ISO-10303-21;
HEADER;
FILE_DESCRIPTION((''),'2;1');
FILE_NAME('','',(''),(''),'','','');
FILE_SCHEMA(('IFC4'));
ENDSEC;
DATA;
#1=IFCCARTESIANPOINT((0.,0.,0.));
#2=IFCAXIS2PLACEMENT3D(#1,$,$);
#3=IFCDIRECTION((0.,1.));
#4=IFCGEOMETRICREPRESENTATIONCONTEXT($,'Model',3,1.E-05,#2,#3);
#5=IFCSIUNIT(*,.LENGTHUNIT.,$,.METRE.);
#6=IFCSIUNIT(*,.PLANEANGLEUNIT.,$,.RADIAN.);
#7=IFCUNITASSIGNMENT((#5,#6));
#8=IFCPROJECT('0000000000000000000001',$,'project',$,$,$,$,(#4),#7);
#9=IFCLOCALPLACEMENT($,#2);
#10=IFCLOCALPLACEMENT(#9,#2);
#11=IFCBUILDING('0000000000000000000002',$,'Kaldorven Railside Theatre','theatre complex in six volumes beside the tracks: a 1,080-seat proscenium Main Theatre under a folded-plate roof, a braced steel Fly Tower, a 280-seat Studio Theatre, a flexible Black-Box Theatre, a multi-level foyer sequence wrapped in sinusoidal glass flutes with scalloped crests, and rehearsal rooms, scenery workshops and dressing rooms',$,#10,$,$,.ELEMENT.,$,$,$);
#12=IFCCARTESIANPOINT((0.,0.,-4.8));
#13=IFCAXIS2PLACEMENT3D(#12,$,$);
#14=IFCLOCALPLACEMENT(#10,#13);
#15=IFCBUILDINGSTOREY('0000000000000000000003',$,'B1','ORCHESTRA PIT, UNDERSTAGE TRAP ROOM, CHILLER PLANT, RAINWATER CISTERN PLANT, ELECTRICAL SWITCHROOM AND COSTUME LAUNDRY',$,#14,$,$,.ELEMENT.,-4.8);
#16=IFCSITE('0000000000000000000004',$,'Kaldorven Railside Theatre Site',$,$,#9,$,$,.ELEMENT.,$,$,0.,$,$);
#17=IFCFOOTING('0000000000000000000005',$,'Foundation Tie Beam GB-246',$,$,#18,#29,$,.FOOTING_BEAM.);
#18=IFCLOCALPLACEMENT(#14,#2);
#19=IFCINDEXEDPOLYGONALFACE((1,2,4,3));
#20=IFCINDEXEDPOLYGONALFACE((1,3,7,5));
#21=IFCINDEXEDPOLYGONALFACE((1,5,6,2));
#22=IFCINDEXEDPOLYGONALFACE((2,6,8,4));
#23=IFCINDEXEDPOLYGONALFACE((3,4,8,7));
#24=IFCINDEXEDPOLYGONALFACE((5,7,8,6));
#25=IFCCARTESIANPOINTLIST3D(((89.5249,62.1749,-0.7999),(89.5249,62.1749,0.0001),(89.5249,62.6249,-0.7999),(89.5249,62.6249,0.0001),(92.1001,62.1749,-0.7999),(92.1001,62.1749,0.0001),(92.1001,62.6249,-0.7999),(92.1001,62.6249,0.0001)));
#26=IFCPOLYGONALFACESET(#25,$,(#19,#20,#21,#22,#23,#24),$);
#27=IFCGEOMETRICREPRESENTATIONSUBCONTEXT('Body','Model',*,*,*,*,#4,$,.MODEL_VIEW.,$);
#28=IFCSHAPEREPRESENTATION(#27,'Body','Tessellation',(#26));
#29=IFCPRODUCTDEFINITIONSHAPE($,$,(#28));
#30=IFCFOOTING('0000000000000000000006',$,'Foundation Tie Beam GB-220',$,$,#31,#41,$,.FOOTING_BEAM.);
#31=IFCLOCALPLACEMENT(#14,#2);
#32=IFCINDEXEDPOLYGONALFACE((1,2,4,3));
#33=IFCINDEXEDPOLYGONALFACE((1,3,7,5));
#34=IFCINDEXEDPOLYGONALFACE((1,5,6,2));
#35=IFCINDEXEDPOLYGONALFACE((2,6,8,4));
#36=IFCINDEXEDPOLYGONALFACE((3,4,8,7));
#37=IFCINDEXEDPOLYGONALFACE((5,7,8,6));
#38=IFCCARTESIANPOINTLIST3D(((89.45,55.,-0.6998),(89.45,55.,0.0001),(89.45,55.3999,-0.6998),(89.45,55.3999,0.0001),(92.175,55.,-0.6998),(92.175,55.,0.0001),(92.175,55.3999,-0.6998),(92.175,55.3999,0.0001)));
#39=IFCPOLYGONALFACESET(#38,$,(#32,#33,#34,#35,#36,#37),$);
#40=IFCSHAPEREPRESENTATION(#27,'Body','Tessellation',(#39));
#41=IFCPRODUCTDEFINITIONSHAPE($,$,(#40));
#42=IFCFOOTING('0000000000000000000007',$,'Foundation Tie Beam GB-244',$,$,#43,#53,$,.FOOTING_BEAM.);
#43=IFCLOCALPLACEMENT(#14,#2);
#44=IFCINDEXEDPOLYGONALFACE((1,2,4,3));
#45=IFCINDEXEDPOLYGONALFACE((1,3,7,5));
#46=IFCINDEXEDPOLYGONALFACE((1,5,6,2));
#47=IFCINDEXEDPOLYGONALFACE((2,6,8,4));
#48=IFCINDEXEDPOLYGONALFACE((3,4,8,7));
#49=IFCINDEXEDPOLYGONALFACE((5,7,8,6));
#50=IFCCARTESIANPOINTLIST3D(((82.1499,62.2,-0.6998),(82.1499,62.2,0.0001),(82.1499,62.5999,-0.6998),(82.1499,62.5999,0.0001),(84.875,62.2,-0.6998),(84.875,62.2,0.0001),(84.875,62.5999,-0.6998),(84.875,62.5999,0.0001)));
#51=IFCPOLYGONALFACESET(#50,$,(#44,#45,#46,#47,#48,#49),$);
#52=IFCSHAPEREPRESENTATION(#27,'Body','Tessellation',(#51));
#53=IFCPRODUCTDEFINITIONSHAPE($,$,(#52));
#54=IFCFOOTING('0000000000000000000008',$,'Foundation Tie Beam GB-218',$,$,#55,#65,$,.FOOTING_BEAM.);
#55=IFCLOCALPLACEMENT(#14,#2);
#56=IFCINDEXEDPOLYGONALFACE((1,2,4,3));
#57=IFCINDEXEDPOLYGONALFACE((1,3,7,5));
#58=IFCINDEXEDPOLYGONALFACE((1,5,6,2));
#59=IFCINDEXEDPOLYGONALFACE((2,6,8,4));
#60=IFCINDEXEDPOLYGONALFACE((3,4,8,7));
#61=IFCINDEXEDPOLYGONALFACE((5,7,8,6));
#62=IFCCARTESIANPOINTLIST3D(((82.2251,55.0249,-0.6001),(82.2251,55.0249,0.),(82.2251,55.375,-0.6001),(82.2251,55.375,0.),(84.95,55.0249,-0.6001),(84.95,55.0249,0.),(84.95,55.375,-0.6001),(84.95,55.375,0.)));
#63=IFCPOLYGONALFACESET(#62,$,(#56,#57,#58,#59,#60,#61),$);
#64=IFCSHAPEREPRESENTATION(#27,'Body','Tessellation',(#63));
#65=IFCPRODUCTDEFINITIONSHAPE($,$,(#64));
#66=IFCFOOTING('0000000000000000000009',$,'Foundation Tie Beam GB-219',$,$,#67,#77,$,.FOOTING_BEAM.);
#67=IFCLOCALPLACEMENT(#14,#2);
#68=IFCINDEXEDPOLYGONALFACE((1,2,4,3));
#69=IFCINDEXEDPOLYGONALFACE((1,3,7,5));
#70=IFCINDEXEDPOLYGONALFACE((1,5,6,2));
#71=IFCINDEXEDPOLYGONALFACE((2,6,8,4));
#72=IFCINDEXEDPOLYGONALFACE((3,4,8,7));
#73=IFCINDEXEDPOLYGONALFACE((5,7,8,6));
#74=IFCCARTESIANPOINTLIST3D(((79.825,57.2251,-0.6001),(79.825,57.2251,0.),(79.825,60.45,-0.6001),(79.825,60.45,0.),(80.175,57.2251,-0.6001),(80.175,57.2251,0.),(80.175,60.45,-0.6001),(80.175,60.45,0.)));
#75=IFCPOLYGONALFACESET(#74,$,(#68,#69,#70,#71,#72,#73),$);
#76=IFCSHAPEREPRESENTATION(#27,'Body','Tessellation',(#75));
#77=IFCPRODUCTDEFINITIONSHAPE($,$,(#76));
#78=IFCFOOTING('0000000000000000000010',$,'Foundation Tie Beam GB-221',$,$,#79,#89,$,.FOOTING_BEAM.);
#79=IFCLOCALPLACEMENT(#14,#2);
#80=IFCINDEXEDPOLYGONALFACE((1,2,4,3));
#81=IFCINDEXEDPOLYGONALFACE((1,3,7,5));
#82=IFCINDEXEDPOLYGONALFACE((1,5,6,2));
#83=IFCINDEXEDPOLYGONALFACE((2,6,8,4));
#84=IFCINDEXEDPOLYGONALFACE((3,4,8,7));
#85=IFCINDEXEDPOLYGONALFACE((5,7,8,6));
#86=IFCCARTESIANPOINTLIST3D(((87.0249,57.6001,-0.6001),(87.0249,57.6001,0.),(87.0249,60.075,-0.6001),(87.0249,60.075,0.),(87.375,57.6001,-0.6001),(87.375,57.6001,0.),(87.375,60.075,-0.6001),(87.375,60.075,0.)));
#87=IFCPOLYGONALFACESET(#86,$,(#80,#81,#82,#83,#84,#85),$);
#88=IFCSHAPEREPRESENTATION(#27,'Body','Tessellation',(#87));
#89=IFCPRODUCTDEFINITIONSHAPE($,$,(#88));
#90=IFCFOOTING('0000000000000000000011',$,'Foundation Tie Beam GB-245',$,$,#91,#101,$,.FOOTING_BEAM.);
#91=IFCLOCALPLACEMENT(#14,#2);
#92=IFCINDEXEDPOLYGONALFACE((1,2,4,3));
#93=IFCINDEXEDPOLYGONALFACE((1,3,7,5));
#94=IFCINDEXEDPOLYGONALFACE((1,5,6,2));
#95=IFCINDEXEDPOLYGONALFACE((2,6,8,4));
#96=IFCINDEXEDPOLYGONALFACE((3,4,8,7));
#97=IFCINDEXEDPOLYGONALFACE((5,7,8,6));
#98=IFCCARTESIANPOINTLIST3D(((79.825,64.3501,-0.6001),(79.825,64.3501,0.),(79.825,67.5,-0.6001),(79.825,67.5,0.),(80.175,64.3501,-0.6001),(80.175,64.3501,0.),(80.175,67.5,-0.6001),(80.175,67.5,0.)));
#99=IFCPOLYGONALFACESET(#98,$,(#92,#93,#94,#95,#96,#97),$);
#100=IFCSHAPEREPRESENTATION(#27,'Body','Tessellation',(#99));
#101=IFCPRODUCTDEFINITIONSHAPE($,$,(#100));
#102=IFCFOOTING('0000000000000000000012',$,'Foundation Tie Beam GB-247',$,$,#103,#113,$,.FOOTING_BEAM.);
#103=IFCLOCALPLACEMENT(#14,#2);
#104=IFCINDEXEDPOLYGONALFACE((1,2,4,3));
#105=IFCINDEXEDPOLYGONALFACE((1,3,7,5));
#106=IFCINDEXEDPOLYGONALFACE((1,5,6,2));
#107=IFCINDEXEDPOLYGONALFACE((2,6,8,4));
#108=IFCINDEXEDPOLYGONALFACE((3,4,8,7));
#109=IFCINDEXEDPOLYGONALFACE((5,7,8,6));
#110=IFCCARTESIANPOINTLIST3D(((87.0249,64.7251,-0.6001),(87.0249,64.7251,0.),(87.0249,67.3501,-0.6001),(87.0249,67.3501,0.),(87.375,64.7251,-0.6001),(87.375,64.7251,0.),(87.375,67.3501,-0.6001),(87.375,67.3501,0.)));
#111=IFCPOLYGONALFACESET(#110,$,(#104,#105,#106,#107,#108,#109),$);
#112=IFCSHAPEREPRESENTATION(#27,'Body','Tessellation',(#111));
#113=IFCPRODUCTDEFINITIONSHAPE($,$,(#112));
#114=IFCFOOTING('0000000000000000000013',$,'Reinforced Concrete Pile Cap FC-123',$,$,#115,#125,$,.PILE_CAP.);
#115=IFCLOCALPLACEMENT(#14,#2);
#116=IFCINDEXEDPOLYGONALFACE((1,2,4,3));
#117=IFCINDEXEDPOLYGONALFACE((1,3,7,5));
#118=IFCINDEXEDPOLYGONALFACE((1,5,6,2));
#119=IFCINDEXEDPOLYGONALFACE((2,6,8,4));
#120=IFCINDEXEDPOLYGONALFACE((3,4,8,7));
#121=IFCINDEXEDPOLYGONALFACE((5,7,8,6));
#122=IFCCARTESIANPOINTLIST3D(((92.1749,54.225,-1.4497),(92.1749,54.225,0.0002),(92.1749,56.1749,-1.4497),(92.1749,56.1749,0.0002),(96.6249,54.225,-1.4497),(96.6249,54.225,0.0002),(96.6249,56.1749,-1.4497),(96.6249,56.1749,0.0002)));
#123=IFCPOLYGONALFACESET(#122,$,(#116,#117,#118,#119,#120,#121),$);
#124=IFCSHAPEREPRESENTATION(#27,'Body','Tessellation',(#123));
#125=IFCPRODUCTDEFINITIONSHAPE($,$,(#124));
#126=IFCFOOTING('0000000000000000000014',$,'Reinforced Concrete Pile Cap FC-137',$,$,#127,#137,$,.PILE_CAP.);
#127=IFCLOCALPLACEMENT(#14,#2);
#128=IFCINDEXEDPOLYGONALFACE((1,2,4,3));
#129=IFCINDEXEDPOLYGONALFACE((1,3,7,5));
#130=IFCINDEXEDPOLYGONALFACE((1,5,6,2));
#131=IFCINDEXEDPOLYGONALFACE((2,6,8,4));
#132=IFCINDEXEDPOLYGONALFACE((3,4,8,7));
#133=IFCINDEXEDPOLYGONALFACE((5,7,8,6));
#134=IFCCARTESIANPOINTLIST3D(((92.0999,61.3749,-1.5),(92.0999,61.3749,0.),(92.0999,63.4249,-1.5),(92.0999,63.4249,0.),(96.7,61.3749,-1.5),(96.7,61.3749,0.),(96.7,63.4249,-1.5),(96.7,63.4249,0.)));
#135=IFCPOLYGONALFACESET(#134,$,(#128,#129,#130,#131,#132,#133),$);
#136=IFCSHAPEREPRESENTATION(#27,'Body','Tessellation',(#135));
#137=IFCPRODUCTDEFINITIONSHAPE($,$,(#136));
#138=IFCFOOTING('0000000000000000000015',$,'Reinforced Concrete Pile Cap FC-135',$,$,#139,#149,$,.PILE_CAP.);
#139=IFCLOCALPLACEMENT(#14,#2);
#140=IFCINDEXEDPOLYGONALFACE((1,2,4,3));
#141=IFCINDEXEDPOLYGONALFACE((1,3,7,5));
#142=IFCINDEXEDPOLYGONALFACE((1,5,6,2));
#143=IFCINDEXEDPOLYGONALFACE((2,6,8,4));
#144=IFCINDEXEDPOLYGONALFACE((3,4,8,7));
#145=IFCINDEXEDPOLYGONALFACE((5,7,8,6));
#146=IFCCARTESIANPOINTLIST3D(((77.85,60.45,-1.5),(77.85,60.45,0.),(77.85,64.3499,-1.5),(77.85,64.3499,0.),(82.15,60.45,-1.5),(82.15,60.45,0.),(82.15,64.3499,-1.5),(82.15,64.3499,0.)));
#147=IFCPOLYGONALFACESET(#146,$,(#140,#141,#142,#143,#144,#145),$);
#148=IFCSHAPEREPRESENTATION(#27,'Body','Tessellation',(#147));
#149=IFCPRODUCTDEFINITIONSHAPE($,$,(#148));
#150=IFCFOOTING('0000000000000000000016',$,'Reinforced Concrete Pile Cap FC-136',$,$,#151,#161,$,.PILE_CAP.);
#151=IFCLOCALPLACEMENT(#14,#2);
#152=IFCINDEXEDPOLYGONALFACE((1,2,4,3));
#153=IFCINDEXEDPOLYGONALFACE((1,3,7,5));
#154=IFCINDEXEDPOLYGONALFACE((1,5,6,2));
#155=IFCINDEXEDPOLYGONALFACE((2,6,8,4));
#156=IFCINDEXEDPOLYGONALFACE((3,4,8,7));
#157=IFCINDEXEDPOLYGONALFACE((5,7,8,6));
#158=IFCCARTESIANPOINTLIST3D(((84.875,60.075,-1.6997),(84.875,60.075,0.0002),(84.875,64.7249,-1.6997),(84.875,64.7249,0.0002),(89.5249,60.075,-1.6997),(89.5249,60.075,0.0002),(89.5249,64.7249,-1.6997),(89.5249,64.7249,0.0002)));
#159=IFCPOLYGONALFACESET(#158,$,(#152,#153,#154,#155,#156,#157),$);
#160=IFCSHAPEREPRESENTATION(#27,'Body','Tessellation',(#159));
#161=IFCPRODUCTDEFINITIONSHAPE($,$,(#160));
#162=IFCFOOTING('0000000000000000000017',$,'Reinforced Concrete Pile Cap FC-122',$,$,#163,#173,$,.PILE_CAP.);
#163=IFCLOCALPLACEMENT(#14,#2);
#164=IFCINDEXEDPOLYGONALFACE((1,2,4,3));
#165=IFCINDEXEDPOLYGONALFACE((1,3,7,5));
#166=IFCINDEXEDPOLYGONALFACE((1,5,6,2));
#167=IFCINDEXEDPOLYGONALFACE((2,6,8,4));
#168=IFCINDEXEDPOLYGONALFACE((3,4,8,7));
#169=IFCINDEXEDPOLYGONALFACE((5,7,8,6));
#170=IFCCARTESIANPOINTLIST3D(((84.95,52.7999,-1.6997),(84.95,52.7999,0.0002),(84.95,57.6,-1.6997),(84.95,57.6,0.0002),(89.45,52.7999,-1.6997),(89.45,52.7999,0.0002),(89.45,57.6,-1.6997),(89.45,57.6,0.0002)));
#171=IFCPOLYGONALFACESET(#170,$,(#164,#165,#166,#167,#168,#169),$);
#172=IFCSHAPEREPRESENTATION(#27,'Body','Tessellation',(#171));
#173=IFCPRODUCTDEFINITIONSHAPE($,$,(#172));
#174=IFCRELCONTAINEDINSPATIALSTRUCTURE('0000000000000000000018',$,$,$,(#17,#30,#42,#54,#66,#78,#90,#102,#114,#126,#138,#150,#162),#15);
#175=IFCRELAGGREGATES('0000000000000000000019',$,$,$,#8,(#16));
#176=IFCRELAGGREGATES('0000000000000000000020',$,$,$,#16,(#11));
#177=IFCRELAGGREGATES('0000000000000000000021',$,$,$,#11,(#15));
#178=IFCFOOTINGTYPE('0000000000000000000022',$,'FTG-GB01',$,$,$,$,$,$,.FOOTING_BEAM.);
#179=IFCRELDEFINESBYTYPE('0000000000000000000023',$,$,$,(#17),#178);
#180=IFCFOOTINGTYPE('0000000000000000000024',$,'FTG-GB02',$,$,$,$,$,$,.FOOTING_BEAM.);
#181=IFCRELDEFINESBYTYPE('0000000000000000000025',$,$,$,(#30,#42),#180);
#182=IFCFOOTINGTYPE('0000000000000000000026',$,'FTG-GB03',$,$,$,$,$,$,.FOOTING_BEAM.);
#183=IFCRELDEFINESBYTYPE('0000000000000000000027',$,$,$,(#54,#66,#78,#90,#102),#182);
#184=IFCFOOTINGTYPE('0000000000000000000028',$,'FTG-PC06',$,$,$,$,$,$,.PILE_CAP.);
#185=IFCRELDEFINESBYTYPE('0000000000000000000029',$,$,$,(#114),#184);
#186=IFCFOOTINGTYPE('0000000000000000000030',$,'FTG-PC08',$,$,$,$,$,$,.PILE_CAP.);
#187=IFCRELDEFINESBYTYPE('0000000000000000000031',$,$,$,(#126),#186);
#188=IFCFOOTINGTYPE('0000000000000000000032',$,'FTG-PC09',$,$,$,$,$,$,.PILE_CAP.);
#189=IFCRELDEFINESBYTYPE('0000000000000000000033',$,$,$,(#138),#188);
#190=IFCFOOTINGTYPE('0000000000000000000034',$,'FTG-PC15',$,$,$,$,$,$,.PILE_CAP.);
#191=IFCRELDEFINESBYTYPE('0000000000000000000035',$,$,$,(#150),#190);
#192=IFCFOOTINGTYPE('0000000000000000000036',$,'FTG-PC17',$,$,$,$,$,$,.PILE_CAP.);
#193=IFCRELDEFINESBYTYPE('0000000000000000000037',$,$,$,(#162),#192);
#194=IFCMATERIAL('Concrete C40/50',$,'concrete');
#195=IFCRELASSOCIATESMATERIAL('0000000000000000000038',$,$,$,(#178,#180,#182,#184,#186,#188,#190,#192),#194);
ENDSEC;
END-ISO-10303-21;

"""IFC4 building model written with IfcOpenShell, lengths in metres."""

from ifc_helpers import new_model, si_unit, direction, frame, origin, origin_2d, place, context, subcontext, project, spatial, rectangle, extrude, material, material_profile, profile_set, type_object, element, save


model = new_model("IFC4")

# Units and contexts
model_context = context("Model", 3, precision=1e-05, world=origin(), true_north=direction((0.0, 1.0)))
body_context = subcontext(model_context, "Body", "Model", "MODEL_VIEW")
ifc_project = project(units=[si_unit("LENGTHUNIT", "METRE"), si_unit("PLANEANGLEUNIT", "RADIAN")], contexts=[model_context])

# Site, building, storey
site_placement = place(None, origin())
site = spatial("IfcSite", under=ifc_project, at=site_placement, Name="Kaldorven Railside Theatre Site", CompositionType="ELEMENT", RefElevation=0.0)
building_placement = place(site_placement, origin())
building = spatial("IfcBuilding", under=site, at=building_placement, Name="Kaldorven Railside Theatre", Description="theatre complex in six volumes beside the tracks: a 1,080-seat proscenium Main Theatre under a folded-plate roof, a braced steel Fly Tower, a 280-seat Studio Theatre, a flexible Black-Box Theatre, a multi-level foyer sequence wrapped in sinusoidal glass flutes with scalloped crests, and rehearsal rooms, scenery workshops and dressing rooms", CompositionType="ELEMENT")
storey_placement = place(building_placement, frame((0.0, 0.0, -4.8)))
storey = spatial("IfcBuildingStorey", under=building, at=storey_placement, Name="B1", Description="ORCHESTRA PIT, UNDERSTAGE TRAP ROOM, CHILLER PLANT, RAINWATER CISTERN PLANT, ELECTRICAL SWITCHROOM AND COSTUME LAUNDRY", CompositionType="ELEMENT", Elevation=-4.8)

# Footings
ifc_material_1 = material(Name="Concrete C40/50", Category="concrete")
ifc_material_profile_1 = material_profile(ifc_material_1, rectangle(XDim=0.45, YDim=0.8, at=origin_2d()), Name="RC 450x800")
ifc_profile_set_1 = profile_set([ifc_material_profile_1], Name="Concrete C40/50")
footing_type_1 = type_object("IfcFootingType", Name="FTG-GB01", PredefinedType="FOOTING_BEAM", material=ifc_profile_set_1)
footing_1_placement = place(storey_placement, frame((89.5249, 62.3999, -0.3999), z_axis=(1.0, 0.0, 0.0), x_axis=(0.0, 1.0, 0.0)))
element("IfcFooting", 1, at=footing_1_placement, inside=storey, type_object=footing_type_1, Name="Foundation Tie Beam GB-246", PredefinedType="FOOTING_BEAM", context=body_context, shape_type="SweptSolid", body=[
    extrude(rectangle(XDim=0.45, YDim=0.8, at=origin_2d()), origin(), (0.0, 0.0, 1.0), 2.5752),
])
ifc_material_profile_2 = material_profile(ifc_material_1, rectangle(XDim=0.3999, YDim=0.7, at=origin_2d()), Name="RC 400x700")
ifc_profile_set_2 = profile_set([ifc_material_profile_2], Name="Concrete C40/50")
footing_type_2 = type_object("IfcFootingType", Name="FTG-GB02", PredefinedType="FOOTING_BEAM", material=ifc_profile_set_2)
for number, where, z_axis, x_axis, name in (
    (2, (89.45, 55.2, -0.3499), (1.0, 0.0, 0.0), (0.0, 1.0, 0.0), "Foundation Tie Beam GB-220"),
    (3, (82.1499, 62.3999, -0.3499), (1.0, 0.0, 0.0), (0.0, 1.0, 0.0), "Foundation Tie Beam GB-244"),
):
    element("IfcFooting", number, at=place(storey_placement, frame(where, z_axis=z_axis, x_axis=x_axis)), inside=storey, type_object=footing_type_2, Name=name, PredefinedType="FOOTING_BEAM", context=body_context, shape_type="SweptSolid", body=[
        extrude(rectangle(XDim=0.3999, YDim=0.7, at=origin_2d()), origin(), (0.0, 0.0, 1.0), 2.7251),
    ])
ifc_material_profile_3 = material_profile(ifc_material_1, rectangle(XDim=0.3501, YDim=0.6001, at=origin_2d()), Name="RC 350x600")
ifc_profile_set_3 = profile_set([ifc_material_profile_3], Name="Concrete C40/50")
footing_type_3 = type_object("IfcFootingType", Name="FTG-GB03", PredefinedType="FOOTING_BEAM", material=ifc_profile_set_3)
footing_2_placement = place(storey_placement, frame((82.2251, 55.2, -0.3), z_axis=(1.0, 0.0, 0.0), x_axis=(0.0, 1.0, 0.0)))
element("IfcFooting", 4, at=footing_2_placement, inside=storey, type_object=footing_type_3, Name="Foundation Tie Beam GB-218", PredefinedType="FOOTING_BEAM", context=body_context, shape_type="SweptSolid", body=[
    extrude(rectangle(XDim=0.3501, YDim=0.6001, at=origin_2d()), origin(), (0.0, 0.0, 1.0), 2.7249),
])
footing_3_placement = place(storey_placement, frame((80.0, 57.2251, -0.3), z_axis=(0.0, 1.0, 0.0), x_axis=(-1.0, 0.0, 0.0)))
element("IfcFooting", 5, at=footing_3_placement, inside=storey, type_object=footing_type_3, Name="Foundation Tie Beam GB-219", PredefinedType="FOOTING_BEAM", context=body_context, shape_type="SweptSolid", body=[
    extrude(rectangle(XDim=0.3501, YDim=0.6001, at=origin_2d()), origin(), (0.0, 0.0, 1.0), 3.2249),
])
footing_4_placement = place(storey_placement, frame((87.2, 57.6001, -0.3), z_axis=(0.0, 1.0, 0.0), x_axis=(-1.0, 0.0, 0.0)))
element("IfcFooting", 6, at=footing_4_placement, inside=storey, type_object=footing_type_3, Name="Foundation Tie Beam GB-221", PredefinedType="FOOTING_BEAM", context=body_context, shape_type="SweptSolid", body=[
    extrude(rectangle(XDim=0.3501, YDim=0.6001, at=origin_2d()), origin(), (0.0, 0.0, 1.0), 2.4749),
])
footing_5_placement = place(storey_placement, frame((80.0, 64.3501, -0.3), z_axis=(0.0, 1.0, 0.0), x_axis=(-1.0, 0.0, 0.0)))
element("IfcFooting", 7, at=footing_5_placement, inside=storey, type_object=footing_type_3, Name="Foundation Tie Beam GB-245", PredefinedType="FOOTING_BEAM", context=body_context, shape_type="SweptSolid", body=[
    extrude(rectangle(XDim=0.3501, YDim=0.6001, at=origin_2d()), origin(), (0.0, 0.0, 1.0), 3.1499),
])
footing_6_placement = place(storey_placement, frame((87.2, 64.7251, -0.3), z_axis=(0.0, 1.0, 0.0), x_axis=(-1.0, 0.0, 0.0)))
element("IfcFooting", 8, at=footing_6_placement, inside=storey, type_object=footing_type_3, Name="Foundation Tie Beam GB-247", PredefinedType="FOOTING_BEAM", context=body_context, shape_type="SweptSolid", body=[
    extrude(rectangle(XDim=0.3501, YDim=0.6001, at=origin_2d()), origin(), (0.0, 0.0, 1.0), 2.625),
])
footing_type_4 = type_object("IfcFootingType", Name="FTG-PC06", PredefinedType="PILE_CAP", material=ifc_material_1)
footing_7_placement = place(storey_placement, frame((94.3999, 55.2, -1.4497), z_axis=(0.0, 0.0, 1.0), x_axis=(1.0, 0.0, 0.0)))
element("IfcFooting", 9, at=footing_7_placement, inside=storey, type_object=footing_type_4, Name="Reinforced Concrete Pile Cap FC-123", PredefinedType="PILE_CAP", context=body_context, shape_type="SweptSolid", body=[
    extrude(rectangle(XDim=4.45, YDim=1.95, at=origin_2d()), origin(), (0.0, 0.0, 1.0), 1.45),
])
footing_type_5 = type_object("IfcFootingType", Name="FTG-PC08", PredefinedType="PILE_CAP", material=ifc_material_1)
footing_8_placement = place(storey_placement, frame((94.3999, 62.3999, -1.5), z_axis=(0.0, 0.0, 1.0), x_axis=(1.0, 0.0, 0.0)))
element("IfcFooting", 10, at=footing_8_placement, inside=storey, type_object=footing_type_5, Name="Reinforced Concrete Pile Cap FC-137", PredefinedType="PILE_CAP", context=body_context, shape_type="SweptSolid", body=[
    extrude(rectangle(XDim=4.6001, YDim=2.05, at=origin_2d()), origin(), (0.0, 0.0, 1.0), 1.5),
])
footing_type_6 = type_object("IfcFootingType", Name="FTG-PC09", PredefinedType="PILE_CAP", material=ifc_material_1)
footing_9_placement = place(storey_placement, frame((80.0, 62.3999, -1.5), z_axis=(0.0, 0.0, 1.0), x_axis=(1.0, 0.0, 0.0)))
element("IfcFooting", 11, at=footing_9_placement, inside=storey, type_object=footing_type_6, Name="Reinforced Concrete Pile Cap FC-135", PredefinedType="PILE_CAP", context=body_context, shape_type="SweptSolid", body=[
    extrude(rectangle(XDim=4.3, YDim=3.8999, at=origin_2d()), origin(), (0.0, 0.0, 1.0), 1.5),
])
footing_type_7 = type_object("IfcFootingType", Name="FTG-PC15", PredefinedType="PILE_CAP", material=ifc_material_1)
footing_10_placement = place(storey_placement, frame((87.2, 62.3999, -1.6997), z_axis=(0.0, 0.0, 1.0), x_axis=(1.0, 0.0, 0.0)))
element("IfcFooting", 12, at=footing_10_placement, inside=storey, type_object=footing_type_7, Name="Reinforced Concrete Pile Cap FC-136", PredefinedType="PILE_CAP", context=body_context, shape_type="SweptSolid", body=[
    extrude(rectangle(XDim=4.6499, YDim=4.6499, at=origin_2d()), origin(), (0.0, 0.0, 1.0), 1.7),
])
footing_type_8 = type_object("IfcFootingType", Name="FTG-PC17", PredefinedType="PILE_CAP", material=ifc_material_1)
footing_11_placement = place(storey_placement, frame((87.2, 55.2, -1.6997), z_axis=(0.0, 0.0, 1.0), x_axis=(1.0, 0.0, 0.0)))
element("IfcFooting", 13, at=footing_11_placement, inside=storey, type_object=footing_type_8, Name="Reinforced Concrete Pile Cap FC-122", PredefinedType="PILE_CAP", context=body_context, shape_type="SweptSolid", body=[
    extrude(rectangle(XDim=4.5, YDim=4.8, at=origin_2d()), origin(), (0.0, 0.0, 1.0), 1.7),
])

save(model, "model.ifc")
